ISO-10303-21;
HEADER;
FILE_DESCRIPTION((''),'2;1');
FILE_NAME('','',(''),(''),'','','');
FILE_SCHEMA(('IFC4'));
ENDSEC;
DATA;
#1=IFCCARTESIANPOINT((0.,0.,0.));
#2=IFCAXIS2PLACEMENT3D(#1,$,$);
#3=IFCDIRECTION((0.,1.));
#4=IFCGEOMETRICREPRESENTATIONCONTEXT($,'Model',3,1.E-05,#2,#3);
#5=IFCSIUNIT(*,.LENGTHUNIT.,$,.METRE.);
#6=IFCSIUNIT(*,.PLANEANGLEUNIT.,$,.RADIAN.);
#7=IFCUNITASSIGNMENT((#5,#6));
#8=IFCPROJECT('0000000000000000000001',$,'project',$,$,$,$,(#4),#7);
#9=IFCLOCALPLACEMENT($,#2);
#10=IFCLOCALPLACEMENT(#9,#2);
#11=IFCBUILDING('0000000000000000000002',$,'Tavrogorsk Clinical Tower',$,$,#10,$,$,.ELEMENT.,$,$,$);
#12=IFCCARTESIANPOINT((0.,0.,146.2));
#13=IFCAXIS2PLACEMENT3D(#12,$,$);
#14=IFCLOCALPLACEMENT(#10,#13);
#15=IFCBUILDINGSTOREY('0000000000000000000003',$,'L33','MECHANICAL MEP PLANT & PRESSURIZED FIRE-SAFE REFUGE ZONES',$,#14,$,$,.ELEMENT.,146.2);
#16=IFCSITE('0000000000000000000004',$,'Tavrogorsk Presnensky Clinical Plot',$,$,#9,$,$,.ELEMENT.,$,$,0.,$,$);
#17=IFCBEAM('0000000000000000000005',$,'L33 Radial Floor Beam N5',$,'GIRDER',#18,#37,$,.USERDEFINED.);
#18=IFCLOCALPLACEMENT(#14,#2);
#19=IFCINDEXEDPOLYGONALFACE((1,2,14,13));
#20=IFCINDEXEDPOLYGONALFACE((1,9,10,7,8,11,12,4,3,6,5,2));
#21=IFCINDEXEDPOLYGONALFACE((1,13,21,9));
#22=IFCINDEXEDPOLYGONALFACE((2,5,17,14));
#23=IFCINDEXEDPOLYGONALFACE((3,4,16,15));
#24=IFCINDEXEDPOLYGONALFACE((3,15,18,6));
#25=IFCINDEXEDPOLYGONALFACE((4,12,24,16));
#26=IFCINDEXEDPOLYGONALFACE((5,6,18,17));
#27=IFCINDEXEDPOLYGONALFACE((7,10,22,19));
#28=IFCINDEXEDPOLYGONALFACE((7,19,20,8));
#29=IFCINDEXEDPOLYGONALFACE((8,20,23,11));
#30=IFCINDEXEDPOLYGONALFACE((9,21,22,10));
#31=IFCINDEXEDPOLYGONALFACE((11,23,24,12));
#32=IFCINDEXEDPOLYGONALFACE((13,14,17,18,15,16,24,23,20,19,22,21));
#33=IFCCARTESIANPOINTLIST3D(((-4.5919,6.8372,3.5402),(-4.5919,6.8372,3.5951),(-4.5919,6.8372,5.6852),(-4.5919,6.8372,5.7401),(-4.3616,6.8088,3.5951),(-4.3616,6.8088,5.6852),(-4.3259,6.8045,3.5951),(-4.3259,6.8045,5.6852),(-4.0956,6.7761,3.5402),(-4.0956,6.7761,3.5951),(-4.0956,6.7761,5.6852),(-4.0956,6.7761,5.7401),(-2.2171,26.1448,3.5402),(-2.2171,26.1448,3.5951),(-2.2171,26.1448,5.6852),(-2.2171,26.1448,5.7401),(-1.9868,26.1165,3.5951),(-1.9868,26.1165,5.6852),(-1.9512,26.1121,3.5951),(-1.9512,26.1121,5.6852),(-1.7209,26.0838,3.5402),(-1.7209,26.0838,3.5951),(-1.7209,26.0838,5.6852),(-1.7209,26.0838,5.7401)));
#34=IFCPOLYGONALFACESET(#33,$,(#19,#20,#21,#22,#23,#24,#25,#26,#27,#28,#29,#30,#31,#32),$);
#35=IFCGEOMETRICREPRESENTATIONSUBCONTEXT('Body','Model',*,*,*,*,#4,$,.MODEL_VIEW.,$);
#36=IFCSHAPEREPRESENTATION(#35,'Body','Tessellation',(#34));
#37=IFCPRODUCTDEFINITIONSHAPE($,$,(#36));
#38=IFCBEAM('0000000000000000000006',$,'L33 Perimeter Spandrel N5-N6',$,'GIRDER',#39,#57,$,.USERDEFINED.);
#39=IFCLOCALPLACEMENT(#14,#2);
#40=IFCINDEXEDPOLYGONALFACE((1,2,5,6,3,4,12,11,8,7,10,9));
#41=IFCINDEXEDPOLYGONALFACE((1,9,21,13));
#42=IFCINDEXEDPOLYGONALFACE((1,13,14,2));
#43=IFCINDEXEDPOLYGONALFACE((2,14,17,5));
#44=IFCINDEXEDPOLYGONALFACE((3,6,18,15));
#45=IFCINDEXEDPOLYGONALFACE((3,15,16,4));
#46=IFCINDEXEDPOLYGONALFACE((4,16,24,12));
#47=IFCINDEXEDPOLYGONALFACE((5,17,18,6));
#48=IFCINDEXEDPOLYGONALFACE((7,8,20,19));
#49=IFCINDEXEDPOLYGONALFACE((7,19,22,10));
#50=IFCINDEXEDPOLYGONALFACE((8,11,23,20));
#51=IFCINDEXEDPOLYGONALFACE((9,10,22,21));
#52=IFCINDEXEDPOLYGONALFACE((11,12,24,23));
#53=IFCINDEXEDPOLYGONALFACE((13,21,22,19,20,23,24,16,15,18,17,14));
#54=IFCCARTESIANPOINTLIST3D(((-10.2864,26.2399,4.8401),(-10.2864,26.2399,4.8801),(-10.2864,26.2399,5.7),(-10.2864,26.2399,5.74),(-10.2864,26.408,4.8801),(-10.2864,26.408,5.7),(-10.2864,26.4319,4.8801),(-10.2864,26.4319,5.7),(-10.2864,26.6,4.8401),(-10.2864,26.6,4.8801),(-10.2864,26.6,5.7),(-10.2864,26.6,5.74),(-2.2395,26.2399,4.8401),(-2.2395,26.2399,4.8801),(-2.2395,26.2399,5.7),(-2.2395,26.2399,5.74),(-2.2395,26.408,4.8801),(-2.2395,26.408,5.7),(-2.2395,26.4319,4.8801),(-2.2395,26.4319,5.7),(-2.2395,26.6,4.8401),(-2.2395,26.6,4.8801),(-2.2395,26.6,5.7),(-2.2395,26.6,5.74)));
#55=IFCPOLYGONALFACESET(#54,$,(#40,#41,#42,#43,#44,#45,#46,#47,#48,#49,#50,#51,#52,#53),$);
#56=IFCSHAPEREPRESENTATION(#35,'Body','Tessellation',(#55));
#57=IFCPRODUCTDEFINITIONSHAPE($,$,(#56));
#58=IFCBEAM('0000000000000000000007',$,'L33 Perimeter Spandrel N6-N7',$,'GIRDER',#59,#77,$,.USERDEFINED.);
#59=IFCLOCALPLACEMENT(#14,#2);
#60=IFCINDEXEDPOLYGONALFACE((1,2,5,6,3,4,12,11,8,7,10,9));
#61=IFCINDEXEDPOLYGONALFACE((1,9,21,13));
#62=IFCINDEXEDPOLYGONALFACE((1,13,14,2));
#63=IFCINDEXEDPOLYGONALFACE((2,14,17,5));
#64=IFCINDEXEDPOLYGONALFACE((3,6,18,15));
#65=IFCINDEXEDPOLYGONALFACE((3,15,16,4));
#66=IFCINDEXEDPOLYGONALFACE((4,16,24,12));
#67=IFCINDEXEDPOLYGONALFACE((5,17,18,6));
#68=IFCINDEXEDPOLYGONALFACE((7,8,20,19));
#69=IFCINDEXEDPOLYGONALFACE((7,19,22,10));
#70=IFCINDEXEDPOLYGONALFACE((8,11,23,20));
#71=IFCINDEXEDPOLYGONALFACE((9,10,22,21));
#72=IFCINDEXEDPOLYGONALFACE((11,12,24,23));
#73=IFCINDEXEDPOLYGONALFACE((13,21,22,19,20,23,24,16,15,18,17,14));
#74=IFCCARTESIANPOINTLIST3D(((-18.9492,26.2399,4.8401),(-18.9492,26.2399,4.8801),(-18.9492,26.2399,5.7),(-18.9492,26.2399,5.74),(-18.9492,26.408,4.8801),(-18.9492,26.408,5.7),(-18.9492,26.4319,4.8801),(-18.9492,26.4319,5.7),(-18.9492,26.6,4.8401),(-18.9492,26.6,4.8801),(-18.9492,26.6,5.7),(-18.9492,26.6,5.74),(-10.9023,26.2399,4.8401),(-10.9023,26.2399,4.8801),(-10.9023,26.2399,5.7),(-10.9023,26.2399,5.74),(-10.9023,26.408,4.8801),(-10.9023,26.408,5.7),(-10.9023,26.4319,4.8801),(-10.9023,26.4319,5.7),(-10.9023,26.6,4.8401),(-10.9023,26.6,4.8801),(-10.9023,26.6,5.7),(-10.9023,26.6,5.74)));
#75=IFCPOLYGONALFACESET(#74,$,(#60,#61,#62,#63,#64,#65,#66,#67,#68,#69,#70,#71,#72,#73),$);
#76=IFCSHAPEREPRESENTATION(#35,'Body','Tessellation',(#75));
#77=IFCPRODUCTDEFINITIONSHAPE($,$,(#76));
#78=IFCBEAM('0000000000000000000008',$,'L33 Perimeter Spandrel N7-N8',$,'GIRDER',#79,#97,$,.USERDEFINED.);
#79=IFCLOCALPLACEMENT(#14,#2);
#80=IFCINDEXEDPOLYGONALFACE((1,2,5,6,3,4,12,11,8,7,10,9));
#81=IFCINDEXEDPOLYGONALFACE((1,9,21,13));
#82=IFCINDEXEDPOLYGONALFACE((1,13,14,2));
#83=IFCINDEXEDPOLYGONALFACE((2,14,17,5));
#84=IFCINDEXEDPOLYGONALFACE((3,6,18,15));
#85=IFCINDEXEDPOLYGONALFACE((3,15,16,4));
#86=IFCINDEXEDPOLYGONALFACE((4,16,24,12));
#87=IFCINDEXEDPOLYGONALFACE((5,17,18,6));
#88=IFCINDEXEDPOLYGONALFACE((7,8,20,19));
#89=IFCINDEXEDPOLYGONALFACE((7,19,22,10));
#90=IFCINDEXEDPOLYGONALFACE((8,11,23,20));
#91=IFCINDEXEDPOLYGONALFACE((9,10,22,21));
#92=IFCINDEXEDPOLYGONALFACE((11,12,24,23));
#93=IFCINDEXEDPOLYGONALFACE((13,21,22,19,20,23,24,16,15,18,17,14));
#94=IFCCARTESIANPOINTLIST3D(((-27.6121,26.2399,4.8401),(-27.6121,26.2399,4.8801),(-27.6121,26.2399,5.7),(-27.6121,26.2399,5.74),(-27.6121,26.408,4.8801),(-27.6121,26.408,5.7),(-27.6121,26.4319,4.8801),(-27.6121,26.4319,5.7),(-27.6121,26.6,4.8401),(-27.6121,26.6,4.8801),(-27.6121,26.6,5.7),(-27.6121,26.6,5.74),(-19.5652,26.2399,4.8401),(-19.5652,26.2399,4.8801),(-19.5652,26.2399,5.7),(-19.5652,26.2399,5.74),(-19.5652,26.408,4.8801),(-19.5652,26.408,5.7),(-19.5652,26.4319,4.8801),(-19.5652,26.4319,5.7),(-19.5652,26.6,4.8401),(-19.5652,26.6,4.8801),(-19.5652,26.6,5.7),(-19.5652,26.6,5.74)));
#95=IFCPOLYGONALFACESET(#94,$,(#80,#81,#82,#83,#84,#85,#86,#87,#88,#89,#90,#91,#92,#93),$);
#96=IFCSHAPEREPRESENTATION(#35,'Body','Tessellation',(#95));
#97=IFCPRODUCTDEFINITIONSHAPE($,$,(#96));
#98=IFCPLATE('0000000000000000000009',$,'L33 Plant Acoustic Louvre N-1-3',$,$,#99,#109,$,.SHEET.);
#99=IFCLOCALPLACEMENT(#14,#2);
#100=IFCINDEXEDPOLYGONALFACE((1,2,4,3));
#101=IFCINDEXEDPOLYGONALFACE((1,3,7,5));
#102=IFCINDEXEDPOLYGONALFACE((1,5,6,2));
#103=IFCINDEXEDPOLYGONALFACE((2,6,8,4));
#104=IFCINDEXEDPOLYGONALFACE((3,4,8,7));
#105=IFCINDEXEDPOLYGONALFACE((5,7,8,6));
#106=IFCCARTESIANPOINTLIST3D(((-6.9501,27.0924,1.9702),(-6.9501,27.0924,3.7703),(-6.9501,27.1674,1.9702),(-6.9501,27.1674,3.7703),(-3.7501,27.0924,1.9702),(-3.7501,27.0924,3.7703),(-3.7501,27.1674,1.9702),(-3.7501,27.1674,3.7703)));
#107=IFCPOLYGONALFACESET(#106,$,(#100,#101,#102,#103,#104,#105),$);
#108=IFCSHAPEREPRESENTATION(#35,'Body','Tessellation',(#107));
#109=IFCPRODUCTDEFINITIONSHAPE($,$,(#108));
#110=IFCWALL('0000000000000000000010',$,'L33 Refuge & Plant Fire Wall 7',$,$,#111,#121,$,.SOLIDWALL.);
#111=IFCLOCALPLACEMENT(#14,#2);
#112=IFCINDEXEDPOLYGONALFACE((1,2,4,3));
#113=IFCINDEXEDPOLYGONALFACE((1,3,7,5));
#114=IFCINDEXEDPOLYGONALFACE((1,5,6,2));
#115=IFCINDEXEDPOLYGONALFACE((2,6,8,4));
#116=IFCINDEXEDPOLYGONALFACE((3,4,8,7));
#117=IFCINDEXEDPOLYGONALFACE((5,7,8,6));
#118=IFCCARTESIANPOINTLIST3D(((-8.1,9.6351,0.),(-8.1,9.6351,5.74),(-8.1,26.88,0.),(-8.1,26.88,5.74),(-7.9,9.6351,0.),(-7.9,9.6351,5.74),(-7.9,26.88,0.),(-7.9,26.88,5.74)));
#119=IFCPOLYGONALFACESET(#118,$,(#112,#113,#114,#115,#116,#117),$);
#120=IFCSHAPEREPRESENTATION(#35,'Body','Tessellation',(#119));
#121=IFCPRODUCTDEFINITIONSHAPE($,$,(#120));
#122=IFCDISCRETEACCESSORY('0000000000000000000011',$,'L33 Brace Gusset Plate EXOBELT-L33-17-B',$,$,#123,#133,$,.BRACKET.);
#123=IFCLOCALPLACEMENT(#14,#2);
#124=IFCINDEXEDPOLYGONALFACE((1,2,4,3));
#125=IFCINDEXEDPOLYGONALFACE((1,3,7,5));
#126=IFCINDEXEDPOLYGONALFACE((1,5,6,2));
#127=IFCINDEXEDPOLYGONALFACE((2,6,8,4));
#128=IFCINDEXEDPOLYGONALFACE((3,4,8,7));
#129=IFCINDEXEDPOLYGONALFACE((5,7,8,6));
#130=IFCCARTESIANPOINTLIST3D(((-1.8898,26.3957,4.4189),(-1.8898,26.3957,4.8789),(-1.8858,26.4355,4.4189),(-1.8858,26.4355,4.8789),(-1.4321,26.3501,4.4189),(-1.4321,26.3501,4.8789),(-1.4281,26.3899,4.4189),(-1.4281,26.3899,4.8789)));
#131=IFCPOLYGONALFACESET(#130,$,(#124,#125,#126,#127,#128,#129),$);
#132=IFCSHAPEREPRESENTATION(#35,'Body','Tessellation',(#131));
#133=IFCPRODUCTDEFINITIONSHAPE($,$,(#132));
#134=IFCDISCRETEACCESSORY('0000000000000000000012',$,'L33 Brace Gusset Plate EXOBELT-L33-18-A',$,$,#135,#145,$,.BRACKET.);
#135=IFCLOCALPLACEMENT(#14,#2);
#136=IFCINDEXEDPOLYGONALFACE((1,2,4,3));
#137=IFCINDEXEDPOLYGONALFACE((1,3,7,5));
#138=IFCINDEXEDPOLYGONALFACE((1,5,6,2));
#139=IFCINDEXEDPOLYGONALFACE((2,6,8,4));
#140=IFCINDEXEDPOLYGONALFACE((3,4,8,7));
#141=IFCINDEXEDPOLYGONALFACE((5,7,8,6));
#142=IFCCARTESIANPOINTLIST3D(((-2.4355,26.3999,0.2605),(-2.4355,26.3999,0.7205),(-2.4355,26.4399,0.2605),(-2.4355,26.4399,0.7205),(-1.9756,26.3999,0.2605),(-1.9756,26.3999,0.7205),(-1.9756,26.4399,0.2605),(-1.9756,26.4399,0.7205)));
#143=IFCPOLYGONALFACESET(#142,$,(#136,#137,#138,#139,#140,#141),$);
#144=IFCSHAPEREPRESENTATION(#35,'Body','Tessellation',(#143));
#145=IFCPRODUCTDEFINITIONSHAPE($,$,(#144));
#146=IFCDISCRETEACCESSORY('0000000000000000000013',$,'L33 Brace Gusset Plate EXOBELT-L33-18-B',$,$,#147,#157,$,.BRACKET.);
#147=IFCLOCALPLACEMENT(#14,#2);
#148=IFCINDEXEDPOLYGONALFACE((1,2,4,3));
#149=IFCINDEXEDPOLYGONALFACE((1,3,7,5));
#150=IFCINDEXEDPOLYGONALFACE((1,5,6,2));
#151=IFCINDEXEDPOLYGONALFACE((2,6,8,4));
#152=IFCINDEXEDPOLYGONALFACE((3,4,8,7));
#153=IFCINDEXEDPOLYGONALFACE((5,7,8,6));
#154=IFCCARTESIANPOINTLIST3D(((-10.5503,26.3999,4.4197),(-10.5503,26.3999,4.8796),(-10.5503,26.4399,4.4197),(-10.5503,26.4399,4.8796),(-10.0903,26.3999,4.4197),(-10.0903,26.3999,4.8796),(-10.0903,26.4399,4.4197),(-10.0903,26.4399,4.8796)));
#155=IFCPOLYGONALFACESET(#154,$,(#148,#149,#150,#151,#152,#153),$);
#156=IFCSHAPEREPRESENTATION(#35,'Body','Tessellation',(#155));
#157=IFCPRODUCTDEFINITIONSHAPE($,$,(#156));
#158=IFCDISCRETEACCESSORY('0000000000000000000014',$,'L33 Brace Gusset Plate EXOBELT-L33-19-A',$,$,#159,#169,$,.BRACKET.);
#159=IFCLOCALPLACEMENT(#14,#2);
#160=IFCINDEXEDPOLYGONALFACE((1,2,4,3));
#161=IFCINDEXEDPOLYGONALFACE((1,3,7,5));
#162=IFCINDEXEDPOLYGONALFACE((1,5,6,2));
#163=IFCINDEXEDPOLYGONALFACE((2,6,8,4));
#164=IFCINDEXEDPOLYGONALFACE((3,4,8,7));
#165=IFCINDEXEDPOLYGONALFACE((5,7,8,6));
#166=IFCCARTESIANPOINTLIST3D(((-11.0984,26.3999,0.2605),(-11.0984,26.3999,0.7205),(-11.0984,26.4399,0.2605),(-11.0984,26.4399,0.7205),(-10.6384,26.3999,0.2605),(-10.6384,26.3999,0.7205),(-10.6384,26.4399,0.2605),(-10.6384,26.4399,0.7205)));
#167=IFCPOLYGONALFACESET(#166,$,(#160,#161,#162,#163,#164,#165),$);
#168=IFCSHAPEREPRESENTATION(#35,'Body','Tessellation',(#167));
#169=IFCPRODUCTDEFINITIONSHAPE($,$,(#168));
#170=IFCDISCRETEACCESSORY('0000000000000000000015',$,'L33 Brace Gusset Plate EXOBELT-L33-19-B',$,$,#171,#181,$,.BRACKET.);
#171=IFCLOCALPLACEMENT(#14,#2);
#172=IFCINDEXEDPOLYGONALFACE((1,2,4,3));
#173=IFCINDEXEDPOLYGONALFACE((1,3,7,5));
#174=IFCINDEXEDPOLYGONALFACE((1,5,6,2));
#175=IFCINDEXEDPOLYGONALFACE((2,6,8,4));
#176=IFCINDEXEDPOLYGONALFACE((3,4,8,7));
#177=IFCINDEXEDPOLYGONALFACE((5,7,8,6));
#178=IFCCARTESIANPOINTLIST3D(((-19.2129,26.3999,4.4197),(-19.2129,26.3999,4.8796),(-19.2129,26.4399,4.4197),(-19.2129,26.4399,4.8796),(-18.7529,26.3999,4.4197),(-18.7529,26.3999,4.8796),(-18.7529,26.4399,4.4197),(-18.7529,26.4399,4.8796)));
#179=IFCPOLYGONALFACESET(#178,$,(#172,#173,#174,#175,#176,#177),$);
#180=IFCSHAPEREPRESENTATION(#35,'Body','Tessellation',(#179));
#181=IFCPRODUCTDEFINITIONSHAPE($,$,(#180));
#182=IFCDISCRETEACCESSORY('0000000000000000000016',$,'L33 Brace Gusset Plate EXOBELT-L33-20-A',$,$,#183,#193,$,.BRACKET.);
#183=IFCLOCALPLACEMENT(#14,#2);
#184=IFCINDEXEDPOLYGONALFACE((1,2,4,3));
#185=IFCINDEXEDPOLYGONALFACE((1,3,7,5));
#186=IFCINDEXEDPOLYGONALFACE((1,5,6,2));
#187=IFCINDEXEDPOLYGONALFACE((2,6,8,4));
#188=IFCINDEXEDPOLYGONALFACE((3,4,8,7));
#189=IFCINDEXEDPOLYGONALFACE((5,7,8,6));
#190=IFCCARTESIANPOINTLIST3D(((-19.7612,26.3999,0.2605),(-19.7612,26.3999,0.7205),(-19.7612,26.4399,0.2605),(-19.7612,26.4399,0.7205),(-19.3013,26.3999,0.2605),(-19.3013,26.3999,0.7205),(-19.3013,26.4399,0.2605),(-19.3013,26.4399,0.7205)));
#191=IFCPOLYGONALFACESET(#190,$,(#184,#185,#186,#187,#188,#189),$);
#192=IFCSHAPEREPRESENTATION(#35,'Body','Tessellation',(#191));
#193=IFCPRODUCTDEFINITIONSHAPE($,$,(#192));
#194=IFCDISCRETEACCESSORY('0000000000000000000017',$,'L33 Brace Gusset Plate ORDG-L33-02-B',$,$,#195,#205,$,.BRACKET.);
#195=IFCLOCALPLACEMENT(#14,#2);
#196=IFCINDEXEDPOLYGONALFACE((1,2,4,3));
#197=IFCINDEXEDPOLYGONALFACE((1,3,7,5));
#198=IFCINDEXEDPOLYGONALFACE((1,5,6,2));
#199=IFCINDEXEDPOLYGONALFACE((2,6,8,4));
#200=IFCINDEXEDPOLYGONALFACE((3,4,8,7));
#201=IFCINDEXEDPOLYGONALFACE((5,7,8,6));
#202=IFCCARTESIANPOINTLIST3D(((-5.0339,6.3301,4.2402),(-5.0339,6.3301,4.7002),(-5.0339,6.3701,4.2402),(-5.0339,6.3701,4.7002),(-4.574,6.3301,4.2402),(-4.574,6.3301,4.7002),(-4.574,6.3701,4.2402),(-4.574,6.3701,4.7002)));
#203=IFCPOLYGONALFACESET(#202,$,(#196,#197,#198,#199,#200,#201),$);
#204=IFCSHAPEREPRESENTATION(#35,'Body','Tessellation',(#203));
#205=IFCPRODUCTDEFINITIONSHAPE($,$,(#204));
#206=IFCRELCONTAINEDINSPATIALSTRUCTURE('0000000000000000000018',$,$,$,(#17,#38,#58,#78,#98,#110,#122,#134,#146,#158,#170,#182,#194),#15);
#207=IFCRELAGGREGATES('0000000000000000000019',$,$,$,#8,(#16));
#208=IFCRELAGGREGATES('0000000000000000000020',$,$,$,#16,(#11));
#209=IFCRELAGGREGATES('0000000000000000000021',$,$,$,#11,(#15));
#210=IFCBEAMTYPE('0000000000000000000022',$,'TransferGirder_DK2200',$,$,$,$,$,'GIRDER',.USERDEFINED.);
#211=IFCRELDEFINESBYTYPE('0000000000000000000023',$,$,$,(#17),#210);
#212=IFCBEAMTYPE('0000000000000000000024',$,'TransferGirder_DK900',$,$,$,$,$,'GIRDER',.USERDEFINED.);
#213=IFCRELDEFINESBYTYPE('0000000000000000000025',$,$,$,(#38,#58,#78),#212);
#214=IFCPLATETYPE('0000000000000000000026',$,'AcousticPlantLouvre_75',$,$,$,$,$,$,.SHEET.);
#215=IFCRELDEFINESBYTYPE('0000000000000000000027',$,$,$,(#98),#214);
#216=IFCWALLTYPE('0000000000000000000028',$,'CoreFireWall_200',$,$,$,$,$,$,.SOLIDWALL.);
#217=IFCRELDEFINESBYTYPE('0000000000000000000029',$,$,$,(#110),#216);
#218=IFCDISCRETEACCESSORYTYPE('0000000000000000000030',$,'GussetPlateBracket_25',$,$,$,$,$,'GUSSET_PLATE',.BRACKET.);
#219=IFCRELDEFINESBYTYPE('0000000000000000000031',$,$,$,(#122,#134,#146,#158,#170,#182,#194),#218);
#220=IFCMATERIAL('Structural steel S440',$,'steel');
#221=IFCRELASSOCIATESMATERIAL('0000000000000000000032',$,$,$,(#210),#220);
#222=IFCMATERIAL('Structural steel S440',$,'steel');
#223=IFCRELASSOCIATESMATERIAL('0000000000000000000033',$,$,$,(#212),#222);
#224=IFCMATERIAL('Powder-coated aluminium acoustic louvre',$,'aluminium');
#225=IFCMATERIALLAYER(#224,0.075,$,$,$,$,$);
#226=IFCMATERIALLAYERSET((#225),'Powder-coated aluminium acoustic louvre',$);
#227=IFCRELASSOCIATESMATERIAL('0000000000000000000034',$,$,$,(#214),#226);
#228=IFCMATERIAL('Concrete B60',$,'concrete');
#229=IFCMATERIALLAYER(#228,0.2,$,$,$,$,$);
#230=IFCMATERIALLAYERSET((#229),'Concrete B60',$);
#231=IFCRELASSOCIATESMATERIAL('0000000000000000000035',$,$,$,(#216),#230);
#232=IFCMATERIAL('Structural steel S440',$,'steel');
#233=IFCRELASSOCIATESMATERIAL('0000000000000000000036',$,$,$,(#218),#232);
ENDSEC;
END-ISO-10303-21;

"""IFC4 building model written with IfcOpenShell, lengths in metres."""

from ifc_helpers import new_model, si_unit, direction, frame, frame_2d, origin, origin_2d, place, context, subcontext, project, spatial, rectangle, i_section, extrude, material, layer, layer_set, material_profile, profile_set, type_object, element, save


model = new_model("IFC4")

# Units and contexts
model_context = context("Model", 3, precision=1e-05, world=origin(), true_north=direction((0.0, 1.0)))
body_context = subcontext(model_context, "Body", "Model", "MODEL_VIEW")
ifc_project = project(units=[si_unit("LENGTHUNIT", "METRE"), si_unit("PLANEANGLEUNIT", "RADIAN")], contexts=[model_context])

# Site, building, storey
site_placement = place(None, origin())
site = spatial("IfcSite", under=ifc_project, at=site_placement, Name="Tavrogorsk Presnensky Clinical Plot", CompositionType="ELEMENT", RefElevation=0.0)
building_placement = place(site_placement, origin())
building = spatial("IfcBuilding", under=site, at=building_placement, Name="Tavrogorsk Clinical Tower", CompositionType="ELEMENT")
storey_placement = place(building_placement, frame((0.0, 0.0, 146.2)))
storey = spatial("IfcBuildingStorey", under=building, at=storey_placement, Name="L33", Description="MECHANICAL MEP PLANT & PRESSURIZED FIRE-SAFE REFUGE ZONES", CompositionType="ELEMENT", Elevation=146.2)

# Beams
ifc_material_1 = material(Name="Structural steel S440", Category="steel")
ifc_material_profile_1 = material_profile(ifc_material_1, i_section(OverallWidth=0.5, OverallDepth=2.2, WebThickness=0.0359, FlangeThickness=0.0549, at=origin_2d()), Name="DK-2200x500x36x55")
ifc_profile_set_1 = profile_set([ifc_material_profile_1], Name="Structural steel S440")
beam_type_1 = type_object("IfcBeamType", Name="TransferGirder_DK2200", ElementType="GIRDER", PredefinedType="USERDEFINED", material=ifc_profile_set_1)
beam_1_placement = place(storey_placement, frame((-4.3438, 6.8066, 4.6401), z_axis=(0.122076, 0.992521, 0.0), x_axis=(-0.992521, 0.122076, 0.0)))
element("IfcBeam", 1, at=beam_1_placement, inside=storey, type_object=beam_type_1, Name="L33 Radial Floor Beam N5", ObjectType="GIRDER", PredefinedType="USERDEFINED", context=body_context, shape_type="SweptSolid", body=[
    extrude(i_section(OverallWidth=0.5, OverallDepth=2.2, WebThickness=0.0359, FlangeThickness=0.0549, at=origin_2d()), origin(), (0.0, 0.0, 1.0), 19.4531),
])
ifc_material_2 = material(Name="Structural steel S440", Category="steel")
ifc_material_profile_2 = material_profile(ifc_material_2, i_section(OverallWidth=0.3601, OverallDepth=0.8999, WebThickness=0.0239, FlangeThickness=0.04, at=origin_2d()), Name="DK-900x360x24x40")
ifc_profile_set_2 = profile_set([ifc_material_profile_2], Name="Structural steel S440")
beam_type_2 = type_object("IfcBeamType", Name="TransferGirder_DK900", ElementType="GIRDER", PredefinedType="USERDEFINED", material=ifc_profile_set_2)
for number, where, z_axis, x_axis, name in (
    (2, (-2.2395, 26.4199, 5.29), (-1.0, 0.0, 0.0), (0.0, -1.0, 0.0), "L33 Perimeter Spandrel N5-N6"),
    (3, (-10.9023, 26.4199, 5.29), (-1.0, 0.0, 0.0), (0.0, -1.0, 0.0), "L33 Perimeter Spandrel N6-N7"),
    (4, (-19.5652, 26.4199, 5.29), (-1.0, 0.0, 0.0), (0.0, -1.0, 0.0), "L33 Perimeter Spandrel N7-N8"),
):
    element("IfcBeam", number, at=place(storey_placement, frame(where, z_axis=z_axis, x_axis=x_axis)), inside=storey, type_object=beam_type_2, Name=name, ObjectType="GIRDER", PredefinedType="USERDEFINED", context=body_context, shape_type="SweptSolid", body=[
        extrude(i_section(OverallWidth=0.3601, OverallDepth=0.8999, WebThickness=0.0239, FlangeThickness=0.04, at=origin_2d()), origin(), (0.0, 0.0, 1.0), 8.0469),
    ])

# Plate
ifc_material_3 = material(Name="Powder-coated aluminium acoustic louvre", Category="aluminium")
ifc_layer_1 = layer(ifc_material_3, 0.075)
ifc_layer_set_1 = layer_set([ifc_layer_1], Name="Powder-coated aluminium acoustic louvre")
plate_type = type_object("IfcPlateType", Name="AcousticPlantLouvre_75", PredefinedType="SHEET", material=ifc_layer_set_1)
plate_placement = place(storey_placement, frame((-5.3501, 27.1299, 1.9702), z_axis=(0.0, 0.0, 1.0), x_axis=(-1.0, 0.0, 0.0)))
element("IfcPlate", 5, at=plate_placement, inside=storey, type_object=plate_type, Name="L33 Plant Acoustic Louvre N-1-3", PredefinedType="SHEET", context=body_context, shape_type="SweptSolid", body=[
    extrude(rectangle(XDim=3.2, YDim=0.075, at=origin_2d()), origin(), (0.0, 0.0, 1.0), 1.8),
])

# Wall
ifc_material_4 = material(Name="Concrete B60", Category="concrete")
ifc_layer_2 = layer(ifc_material_4, 0.2)
ifc_layer_set_2 = layer_set([ifc_layer_2], Name="Concrete B60")
wall_type = type_object("IfcWallType", Name="CoreFireWall_200", PredefinedType="SOLIDWALL", material=ifc_layer_set_2)
wall_placement = place(storey_placement, frame((-8.0, 9.635, 0.0), z_axis=(0.0, 0.0, 1.0), x_axis=(0.0, 1.0, 0.0)))
element("IfcWall", 6, at=wall_placement, inside=storey, type_object=wall_type, Name="L33 Refuge & Plant Fire Wall 7", PredefinedType="SOLIDWALL", context=body_context, shape_type="SweptSolid", body=[
    extrude(rectangle(XDim=17.2449, YDim=0.2, at=frame_2d((8.6226, 0.0))), origin(), (0.0, 0.0, 1.0), 5.74),
])

# Discrete accessories
ifc_material_5 = material(Name="Structural steel S440", Category="steel")
discrete_accessory_type_1 = type_object("IfcDiscreteAccessoryType", Name="GussetPlateBracket_25", ElementType="GUSSET_PLATE", PredefinedType="BRACKET", material=ifc_material_5)
for number, where, z_axis, x_axis, name in (
    (7, (-1.6589, 26.3928, 4.4189), (0.0, 0.0, 1.0), (-0.995073, 0.099146, 0.0), "L33 Brace Gusset Plate EXOBELT-L33-17-B"),
    (8, (-2.2056, 26.4199, 0.2605), (0.0, 0.0, 1.0), (-1.0, 0.0, 0.0), "L33 Brace Gusset Plate EXOBELT-L33-18-A"),
    (9, (-10.3203, 26.4199, 4.4197), (0.0, 0.0, 1.0), (-1.0, 0.0, 0.0), "L33 Brace Gusset Plate EXOBELT-L33-18-B"),
    (10, (-10.8684, 26.4199, 0.2605), (0.0, 0.0, 1.0), (-1.0, 0.0, 0.0), "L33 Brace Gusset Plate EXOBELT-L33-19-A"),
    (11, (-18.9829, 26.4199, 4.4197), (0.0, 0.0, 1.0), (-1.0, 0.0, 0.0), "L33 Brace Gusset Plate EXOBELT-L33-19-B"),
    (12, (-19.5312, 26.4199, 0.2605), (0.0, 0.0, 1.0), (-1.0, 0.0, 0.0), "L33 Brace Gusset Plate EXOBELT-L33-20-A"),
    (13, (-4.804, 6.3501, 4.2402), (0.0, 0.0, 1.0), (1.0, 0.0, 0.0), "L33 Brace Gusset Plate ORDG-L33-02-B"),
):
    element("IfcDiscreteAccessory", number, at=place(storey_placement, frame(where, z_axis=z_axis, x_axis=x_axis)), inside=storey, type_object=discrete_accessory_type_1, Name=name, PredefinedType="BRACKET", context=body_context, shape_type="SweptSolid", body=[
        extrude(rectangle(XDim=0.46, YDim=0.04, at=origin_2d()), origin(), (0.0, 0.0, 1.0), 0.46),
    ])

save(model, "model.ifc")
